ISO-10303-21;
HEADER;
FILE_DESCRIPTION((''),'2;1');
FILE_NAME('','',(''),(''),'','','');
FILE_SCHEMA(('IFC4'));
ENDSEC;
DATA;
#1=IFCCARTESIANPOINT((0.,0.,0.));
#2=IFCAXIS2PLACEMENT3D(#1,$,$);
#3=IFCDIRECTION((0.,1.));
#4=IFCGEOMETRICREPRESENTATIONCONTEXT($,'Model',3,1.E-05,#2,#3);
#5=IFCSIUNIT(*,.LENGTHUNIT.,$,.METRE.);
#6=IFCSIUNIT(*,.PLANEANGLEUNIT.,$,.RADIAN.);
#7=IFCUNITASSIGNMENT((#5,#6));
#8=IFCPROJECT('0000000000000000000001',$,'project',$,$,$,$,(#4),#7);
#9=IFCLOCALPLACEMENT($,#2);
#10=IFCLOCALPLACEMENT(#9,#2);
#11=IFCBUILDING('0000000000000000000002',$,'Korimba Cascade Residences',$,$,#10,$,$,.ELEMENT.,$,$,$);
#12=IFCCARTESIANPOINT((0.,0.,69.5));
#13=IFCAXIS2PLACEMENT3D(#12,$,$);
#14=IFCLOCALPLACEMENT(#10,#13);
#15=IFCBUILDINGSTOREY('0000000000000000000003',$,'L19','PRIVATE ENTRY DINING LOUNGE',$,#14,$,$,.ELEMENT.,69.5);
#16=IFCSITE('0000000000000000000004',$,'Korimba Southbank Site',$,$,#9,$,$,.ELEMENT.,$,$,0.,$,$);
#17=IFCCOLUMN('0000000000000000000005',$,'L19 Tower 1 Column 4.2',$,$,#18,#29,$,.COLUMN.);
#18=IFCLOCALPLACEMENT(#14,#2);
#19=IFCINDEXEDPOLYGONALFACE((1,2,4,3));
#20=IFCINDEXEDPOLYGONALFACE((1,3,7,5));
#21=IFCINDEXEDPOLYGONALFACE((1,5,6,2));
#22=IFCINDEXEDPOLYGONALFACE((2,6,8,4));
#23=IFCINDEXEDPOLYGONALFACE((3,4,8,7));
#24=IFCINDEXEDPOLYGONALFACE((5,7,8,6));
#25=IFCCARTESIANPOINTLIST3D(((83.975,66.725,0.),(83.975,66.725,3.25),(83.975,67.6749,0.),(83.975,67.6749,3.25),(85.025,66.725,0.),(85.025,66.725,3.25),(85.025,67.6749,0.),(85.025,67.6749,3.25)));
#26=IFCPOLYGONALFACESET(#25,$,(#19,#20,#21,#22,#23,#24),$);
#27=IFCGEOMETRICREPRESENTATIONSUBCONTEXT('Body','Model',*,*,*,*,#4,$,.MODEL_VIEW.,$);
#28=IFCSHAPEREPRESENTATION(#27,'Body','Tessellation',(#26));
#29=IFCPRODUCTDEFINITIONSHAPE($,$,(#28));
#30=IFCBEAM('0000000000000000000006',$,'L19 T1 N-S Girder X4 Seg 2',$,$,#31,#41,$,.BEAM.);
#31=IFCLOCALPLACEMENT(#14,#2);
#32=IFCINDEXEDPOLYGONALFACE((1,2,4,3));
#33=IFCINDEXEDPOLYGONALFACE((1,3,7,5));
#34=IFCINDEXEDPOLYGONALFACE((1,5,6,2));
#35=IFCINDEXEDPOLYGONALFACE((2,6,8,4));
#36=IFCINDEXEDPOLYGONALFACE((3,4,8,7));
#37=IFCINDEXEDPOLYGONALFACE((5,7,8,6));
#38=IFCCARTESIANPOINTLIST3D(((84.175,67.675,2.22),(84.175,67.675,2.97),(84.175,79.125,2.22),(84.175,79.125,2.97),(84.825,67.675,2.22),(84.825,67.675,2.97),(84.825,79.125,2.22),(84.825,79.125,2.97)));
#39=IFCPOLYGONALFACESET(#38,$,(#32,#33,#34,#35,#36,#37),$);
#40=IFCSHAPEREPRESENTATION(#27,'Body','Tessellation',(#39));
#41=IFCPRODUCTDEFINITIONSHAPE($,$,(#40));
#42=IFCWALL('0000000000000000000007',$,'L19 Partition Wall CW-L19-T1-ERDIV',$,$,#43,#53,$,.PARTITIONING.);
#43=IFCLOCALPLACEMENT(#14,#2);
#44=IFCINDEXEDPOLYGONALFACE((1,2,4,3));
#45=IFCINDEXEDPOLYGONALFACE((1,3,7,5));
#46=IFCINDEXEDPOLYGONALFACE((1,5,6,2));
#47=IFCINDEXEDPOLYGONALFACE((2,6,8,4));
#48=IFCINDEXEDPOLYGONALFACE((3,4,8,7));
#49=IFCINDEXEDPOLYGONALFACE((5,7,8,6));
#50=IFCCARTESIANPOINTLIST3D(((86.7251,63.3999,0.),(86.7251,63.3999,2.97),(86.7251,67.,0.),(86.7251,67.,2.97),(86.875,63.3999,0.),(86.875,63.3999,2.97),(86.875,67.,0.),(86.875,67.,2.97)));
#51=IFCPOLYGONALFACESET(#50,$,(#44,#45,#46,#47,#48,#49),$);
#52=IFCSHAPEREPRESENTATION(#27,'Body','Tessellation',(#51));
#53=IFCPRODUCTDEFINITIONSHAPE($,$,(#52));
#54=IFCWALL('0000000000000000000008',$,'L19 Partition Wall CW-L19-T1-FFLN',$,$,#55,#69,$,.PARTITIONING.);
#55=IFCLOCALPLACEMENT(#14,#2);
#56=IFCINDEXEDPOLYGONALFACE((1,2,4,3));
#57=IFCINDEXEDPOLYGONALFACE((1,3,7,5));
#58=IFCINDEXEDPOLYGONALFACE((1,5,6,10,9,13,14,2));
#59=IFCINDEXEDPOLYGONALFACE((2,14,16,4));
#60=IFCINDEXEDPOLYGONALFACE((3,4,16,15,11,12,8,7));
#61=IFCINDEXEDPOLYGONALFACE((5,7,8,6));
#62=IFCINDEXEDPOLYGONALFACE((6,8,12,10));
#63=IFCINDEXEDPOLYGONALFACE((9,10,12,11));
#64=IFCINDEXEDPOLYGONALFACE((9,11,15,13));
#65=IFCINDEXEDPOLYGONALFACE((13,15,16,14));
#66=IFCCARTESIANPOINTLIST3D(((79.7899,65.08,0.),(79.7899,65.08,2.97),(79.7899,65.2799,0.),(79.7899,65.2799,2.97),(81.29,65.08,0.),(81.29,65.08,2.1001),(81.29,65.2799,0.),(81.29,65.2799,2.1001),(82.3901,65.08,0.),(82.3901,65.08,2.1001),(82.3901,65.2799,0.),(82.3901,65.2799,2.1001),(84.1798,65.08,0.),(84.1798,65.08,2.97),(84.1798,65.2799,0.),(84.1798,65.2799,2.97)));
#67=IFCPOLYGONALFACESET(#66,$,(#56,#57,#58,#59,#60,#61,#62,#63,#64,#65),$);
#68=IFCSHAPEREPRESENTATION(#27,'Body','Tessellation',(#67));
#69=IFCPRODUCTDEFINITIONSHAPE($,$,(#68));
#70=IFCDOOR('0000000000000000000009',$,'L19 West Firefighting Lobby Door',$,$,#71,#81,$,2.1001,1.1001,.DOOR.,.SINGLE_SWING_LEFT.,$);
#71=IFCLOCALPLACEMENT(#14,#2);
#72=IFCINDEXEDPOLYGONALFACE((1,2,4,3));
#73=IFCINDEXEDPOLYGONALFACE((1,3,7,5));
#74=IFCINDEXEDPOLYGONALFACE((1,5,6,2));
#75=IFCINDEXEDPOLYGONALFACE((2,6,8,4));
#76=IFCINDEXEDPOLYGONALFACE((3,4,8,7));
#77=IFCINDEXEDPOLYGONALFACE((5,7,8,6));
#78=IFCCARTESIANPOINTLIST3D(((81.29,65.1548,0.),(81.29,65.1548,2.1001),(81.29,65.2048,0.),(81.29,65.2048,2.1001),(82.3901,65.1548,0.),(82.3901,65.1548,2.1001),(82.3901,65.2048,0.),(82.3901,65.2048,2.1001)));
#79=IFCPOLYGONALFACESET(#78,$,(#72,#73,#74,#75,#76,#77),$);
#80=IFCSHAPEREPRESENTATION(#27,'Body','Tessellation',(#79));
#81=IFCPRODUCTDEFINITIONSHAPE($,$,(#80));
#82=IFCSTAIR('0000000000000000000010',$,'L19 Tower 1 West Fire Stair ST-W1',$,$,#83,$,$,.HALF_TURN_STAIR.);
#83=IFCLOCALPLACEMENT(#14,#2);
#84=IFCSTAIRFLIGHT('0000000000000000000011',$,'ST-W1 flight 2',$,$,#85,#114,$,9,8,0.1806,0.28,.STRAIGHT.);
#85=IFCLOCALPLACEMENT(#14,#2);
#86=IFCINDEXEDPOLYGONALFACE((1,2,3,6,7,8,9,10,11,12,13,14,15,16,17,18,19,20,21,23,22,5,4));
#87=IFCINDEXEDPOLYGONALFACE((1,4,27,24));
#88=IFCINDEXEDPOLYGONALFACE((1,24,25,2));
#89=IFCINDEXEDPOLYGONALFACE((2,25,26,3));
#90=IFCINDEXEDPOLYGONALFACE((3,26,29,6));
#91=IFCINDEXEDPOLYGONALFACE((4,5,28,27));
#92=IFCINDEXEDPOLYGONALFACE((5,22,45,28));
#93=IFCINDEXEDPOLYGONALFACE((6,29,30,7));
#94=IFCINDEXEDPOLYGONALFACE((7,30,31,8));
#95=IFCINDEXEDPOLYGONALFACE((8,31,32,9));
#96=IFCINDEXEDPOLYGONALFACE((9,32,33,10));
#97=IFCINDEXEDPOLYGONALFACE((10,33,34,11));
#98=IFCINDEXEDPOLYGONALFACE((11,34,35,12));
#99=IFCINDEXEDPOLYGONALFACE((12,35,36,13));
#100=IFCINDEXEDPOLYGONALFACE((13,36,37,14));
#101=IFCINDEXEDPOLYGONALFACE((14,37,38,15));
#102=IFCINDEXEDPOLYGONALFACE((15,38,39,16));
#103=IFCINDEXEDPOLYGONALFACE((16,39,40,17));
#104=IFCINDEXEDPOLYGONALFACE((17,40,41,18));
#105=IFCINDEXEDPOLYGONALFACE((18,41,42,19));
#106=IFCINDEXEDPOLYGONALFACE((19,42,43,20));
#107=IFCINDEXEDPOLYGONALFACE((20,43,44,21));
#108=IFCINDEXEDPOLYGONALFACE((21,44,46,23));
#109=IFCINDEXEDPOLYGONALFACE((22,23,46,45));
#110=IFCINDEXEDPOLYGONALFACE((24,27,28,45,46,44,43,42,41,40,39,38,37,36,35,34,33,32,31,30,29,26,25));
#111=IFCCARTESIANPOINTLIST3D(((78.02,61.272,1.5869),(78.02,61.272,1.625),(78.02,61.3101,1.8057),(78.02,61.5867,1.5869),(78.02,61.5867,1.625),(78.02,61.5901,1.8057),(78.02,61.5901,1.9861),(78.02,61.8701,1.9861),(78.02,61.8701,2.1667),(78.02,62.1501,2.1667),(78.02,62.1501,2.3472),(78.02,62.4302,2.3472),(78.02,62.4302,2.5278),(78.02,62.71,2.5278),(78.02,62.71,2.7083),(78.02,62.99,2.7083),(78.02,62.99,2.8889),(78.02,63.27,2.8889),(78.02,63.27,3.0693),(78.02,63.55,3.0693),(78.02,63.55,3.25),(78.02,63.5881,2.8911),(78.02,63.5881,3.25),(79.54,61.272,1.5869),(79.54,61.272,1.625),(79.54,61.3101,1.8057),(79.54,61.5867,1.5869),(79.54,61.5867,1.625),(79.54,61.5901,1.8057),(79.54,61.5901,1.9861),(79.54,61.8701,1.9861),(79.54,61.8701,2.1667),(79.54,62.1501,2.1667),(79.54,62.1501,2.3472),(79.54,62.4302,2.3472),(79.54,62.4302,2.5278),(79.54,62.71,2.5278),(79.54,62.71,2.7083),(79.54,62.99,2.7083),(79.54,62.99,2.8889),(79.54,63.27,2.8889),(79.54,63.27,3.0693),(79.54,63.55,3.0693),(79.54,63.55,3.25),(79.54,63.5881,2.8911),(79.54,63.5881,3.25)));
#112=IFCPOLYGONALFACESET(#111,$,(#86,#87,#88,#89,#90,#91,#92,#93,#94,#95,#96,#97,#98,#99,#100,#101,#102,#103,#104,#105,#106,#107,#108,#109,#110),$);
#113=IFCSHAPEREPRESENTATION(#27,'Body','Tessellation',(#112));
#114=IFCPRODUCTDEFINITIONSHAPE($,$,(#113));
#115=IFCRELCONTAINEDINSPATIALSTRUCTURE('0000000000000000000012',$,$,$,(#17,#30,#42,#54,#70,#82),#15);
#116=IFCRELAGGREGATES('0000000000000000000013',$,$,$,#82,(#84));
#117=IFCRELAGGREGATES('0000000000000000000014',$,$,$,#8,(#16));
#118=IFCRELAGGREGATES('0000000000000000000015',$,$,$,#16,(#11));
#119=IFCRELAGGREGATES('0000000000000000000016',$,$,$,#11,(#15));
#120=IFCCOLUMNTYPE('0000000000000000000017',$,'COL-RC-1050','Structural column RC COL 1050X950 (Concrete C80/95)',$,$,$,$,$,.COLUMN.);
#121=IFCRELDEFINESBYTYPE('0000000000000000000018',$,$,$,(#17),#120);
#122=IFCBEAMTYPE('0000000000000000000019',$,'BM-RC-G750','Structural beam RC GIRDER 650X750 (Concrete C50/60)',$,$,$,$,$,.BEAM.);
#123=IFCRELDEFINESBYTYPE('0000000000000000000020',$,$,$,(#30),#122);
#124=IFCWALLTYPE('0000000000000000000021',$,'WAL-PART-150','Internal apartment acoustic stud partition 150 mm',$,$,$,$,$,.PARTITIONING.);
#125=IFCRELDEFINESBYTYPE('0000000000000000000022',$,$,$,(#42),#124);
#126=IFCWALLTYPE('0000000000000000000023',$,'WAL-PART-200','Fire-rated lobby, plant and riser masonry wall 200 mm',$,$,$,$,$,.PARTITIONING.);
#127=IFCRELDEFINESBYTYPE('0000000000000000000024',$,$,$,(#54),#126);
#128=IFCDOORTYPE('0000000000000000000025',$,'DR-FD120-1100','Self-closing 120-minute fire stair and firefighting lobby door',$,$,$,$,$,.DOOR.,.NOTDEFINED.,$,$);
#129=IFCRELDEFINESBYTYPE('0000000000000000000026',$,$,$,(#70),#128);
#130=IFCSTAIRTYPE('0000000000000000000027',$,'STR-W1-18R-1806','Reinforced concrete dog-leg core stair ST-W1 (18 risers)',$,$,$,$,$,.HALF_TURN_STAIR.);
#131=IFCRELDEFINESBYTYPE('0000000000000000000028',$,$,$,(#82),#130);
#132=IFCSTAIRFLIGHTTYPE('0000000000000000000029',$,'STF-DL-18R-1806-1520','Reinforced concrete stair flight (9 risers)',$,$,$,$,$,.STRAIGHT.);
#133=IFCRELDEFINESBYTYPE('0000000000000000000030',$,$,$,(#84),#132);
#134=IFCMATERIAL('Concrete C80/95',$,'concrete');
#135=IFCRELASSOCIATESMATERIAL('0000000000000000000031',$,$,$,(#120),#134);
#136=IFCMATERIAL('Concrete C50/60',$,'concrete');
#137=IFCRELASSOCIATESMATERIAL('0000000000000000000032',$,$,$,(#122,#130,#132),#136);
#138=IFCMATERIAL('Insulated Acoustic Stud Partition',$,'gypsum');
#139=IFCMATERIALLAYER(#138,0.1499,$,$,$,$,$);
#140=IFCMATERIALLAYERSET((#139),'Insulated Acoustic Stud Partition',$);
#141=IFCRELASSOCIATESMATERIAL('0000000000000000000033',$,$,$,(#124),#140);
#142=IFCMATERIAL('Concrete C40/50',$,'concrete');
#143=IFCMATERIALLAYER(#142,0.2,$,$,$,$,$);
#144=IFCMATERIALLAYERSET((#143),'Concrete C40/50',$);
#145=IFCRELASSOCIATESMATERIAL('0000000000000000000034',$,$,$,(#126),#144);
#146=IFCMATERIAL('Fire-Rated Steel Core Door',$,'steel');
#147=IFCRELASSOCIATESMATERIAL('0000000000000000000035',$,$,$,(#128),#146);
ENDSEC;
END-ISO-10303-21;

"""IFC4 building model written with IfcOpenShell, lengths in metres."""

from ifc_helpers import new_model, si_unit, direction, frame, frame_2d, origin, origin_2d, place, context, subcontext, project, spatial, polyline, rectangle, outline, extrude, material, layer, layer_set, material_profile, profile_set, type_object, element, fill, aggregate, save


model = new_model("IFC4")

# Units and contexts
model_context = context("Model", 3, precision=1e-05, world=origin(), true_north=direction((0.0, 1.0)))
body_context = subcontext(model_context, "Body", "Model", "MODEL_VIEW")
ifc_project = project(units=[si_unit("LENGTHUNIT", "METRE"), si_unit("PLANEANGLEUNIT", "RADIAN")], contexts=[model_context])

# Site, building, storey
site_placement = place(None, origin())
site = spatial("IfcSite", under=ifc_project, at=site_placement, Name="Korimba Southbank Site", CompositionType="ELEMENT", RefElevation=0.0)
building_placement = place(site_placement, origin())
building = spatial("IfcBuilding", under=site, at=building_placement, Name="Korimba Cascade Residences", CompositionType="ELEMENT")
storey_placement = place(building_placement, frame((0.0, 0.0, 69.5)))
storey = spatial("IfcBuildingStorey", under=building, at=storey_placement, Name="L19", Description="PRIVATE ENTRY DINING LOUNGE", CompositionType="ELEMENT", Elevation=69.5)

# Column
ifc_material_1 = material(Name="Concrete C80/95", Category="concrete")
ifc_material_profile_1 = material_profile(ifc_material_1, rectangle(XDim=1.05, YDim=0.95, at=origin_2d()), Name="Concrete C80/95")
ifc_profile_set_1 = profile_set([ifc_material_profile_1], Name="Concrete C80/95")
column_type = type_object("IfcColumnType", Name="COL-RC-1050", Description="Structural column RC COL 1050X950 (Concrete C80/95)", PredefinedType="COLUMN", material=ifc_profile_set_1)
column_placement = place(storey_placement, frame((84.5, 67.2, 0.0), z_axis=(0.0, 0.0, 1.0), x_axis=(1.0, 0.0, 0.0)))
element("IfcColumn", 1, at=column_placement, inside=storey, type_object=column_type, Name="L19 Tower 1 Column 4.2", PredefinedType="COLUMN", context=body_context, shape_type="SweptSolid", body=[
    extrude(rectangle(XDim=1.05, YDim=0.95, at=origin_2d()), origin(), (0.0, 0.0, 1.0), 3.25),
])

# Beam
ifc_material_2 = material(Name="Concrete C50/60", Category="concrete")
ifc_material_profile_2 = material_profile(ifc_material_2, rectangle(XDim=0.6499, YDim=0.75, at=origin_2d()), Name="Concrete C50/60")
ifc_profile_set_2 = profile_set([ifc_material_profile_2], Name="Concrete C50/60")
beam_type = type_object("IfcBeamType", Name="BM-RC-G750", Description="Structural beam RC GIRDER 650X750 (Concrete C50/60)", PredefinedType="BEAM", material=ifc_profile_set_2)
beam_placement = place(storey_placement, frame((84.5, 67.675, 2.595), z_axis=(0.0, 1.0, 0.0), x_axis=(-1.0, 0.0, 0.0)))
element("IfcBeam", 2, at=beam_placement, inside=storey, type_object=beam_type, Name="L19 T1 N-S Girder X4 Seg 2", PredefinedType="BEAM", context=body_context, shape_type="SweptSolid", body=[
    extrude(rectangle(XDim=0.6499, YDim=0.75, at=origin_2d()), origin(), (0.0, 0.0, 1.0), 11.45),
])

# Wall
ifc_material_3 = material(Name="Insulated Acoustic Stud Partition", Category="gypsum")
ifc_layer_1 = layer(ifc_material_3, 0.1499)
ifc_layer_set_1 = layer_set([ifc_layer_1], Name="Insulated Acoustic Stud Partition")
wall_type_1 = type_object("IfcWallType", Name="WAL-PART-150", Description="Internal apartment acoustic stud partition 150 mm", PredefinedType="PARTITIONING", material=ifc_layer_set_1)
wall_1_placement = place(storey_placement, frame((86.8, 63.3999, 0.0), z_axis=(0.0, 0.0, 1.0), x_axis=(0.0, 1.0, 0.0)))
element("IfcWall", 3, at=wall_1_placement, inside=storey, type_object=wall_type_1, Name="L19 Partition Wall CW-L19-T1-ERDIV", PredefinedType="PARTITIONING", context=body_context, shape_type="SweptSolid", body=[
    extrude(rectangle(XDim=3.6001, YDim=0.1499, at=frame_2d((1.8, 0.0))), origin(), (0.0, 0.0, 1.0), 2.97),
])

# Wall, opening, door
ifc_material_4 = material(Name="Concrete C40/50", Category="concrete")
ifc_layer_2 = layer(ifc_material_4, 0.2)
ifc_layer_set_2 = layer_set([ifc_layer_2], Name="Concrete C40/50")
wall_type_2 = type_object("IfcWallType", Name="WAL-PART-200", Description="Fire-rated lobby, plant and riser masonry wall 200 mm", PredefinedType="PARTITIONING", material=ifc_layer_set_2)
wall_2_placement = place(storey_placement, frame((79.79, 65.1799, 0.0), z_axis=(0.0, 0.0, 1.0), x_axis=(1.0, 0.0, 0.0)))
wall_2 = element("IfcWall", 4, at=wall_2_placement, inside=storey, type_object=wall_type_2, Name="L19 Partition Wall CW-L19-T1-FFLN", PredefinedType="PARTITIONING", context=body_context, shape_type="SweptSolid", body=[
    extrude(rectangle(XDim=4.3899, YDim=0.2, at=frame_2d((2.1948, 0.0))), origin(), (0.0, 0.0, 1.0), 2.97),
])
opening_1_placement = place(wall_2_placement, frame((1.5, 0.0, 0.0)))
opening_1 = element("IfcOpeningElement", 5, at=opening_1_placement, cuts=wall_2, PredefinedType="OPENING", context=body_context, shape_type="SweptSolid", body=[
    extrude(rectangle(XDim=1.1001, YDim=2.1001, at=frame_2d((0.55, 1.05))), frame((0.0, 0.1099, 0.0), z_axis=(0.0, -1.0, 0.0), x_axis=(1.0, 0.0, 0.0)), (0.0, 0.0, 1.0), 0.22),
])
ifc_material_5 = material(Name="Fire-Rated Steel Core Door", Category="steel")
door_type_1 = type_object("IfcDoorType", Name="DR-FD120-1100", Description="Self-closing 120-minute fire stair and firefighting lobby door", OperationType="NOTDEFINED", PredefinedType="DOOR", material=ifc_material_5)
door_1_placement = place(opening_1_placement, origin())
door_1 = element("IfcDoor", 6, at=door_1_placement, inside=storey, type_object=door_type_1, Name="L19 West Firefighting Lobby Door", OperationType="SINGLE_SWING_LEFT", OverallHeight=2.1001, OverallWidth=1.1001, PredefinedType="DOOR", context=body_context, shape_type="SweptSolid", body=[
    extrude(rectangle(XDim=1.1001, YDim=2.1001, at=frame_2d((0.55, 1.05))), frame((0.0, 0.0249, 0.0), z_axis=(0.0, -1.0, 0.0), x_axis=(1.0, 0.0, 0.0)), (0.0, 0.0, 1.0), 0.05),
])
fill(opening_1, door_1)

# Stair, stair flight
stair_type = type_object("IfcStairType", Name="STR-W1-18R-1806", Description="Reinforced concrete dog-leg core stair ST-W1 (18 risers)", PredefinedType="HALF_TURN_STAIR", material=ifc_material_2)
stair_placement = place(storey_placement, origin())
stair = element("IfcStair", 7, at=stair_placement, inside=storey, type_object=stair_type, Name="L19 Tower 1 West Fire Stair ST-W1", PredefinedType="HALF_TURN_STAIR")
stair_flight_type = type_object("IfcStairFlightType", Name="STF-DL-18R-1806-1520", Description="Reinforced concrete stair flight (9 risers)", PredefinedType="STRAIGHT", material=ifc_material_2)
stair_flight_placement = place(storey_placement, frame((78.78, 61.3101, 1.625), z_axis=(0.0, 0.0, 1.0), x_axis=(0.0, 1.0, 0.0)))
stair_flight = element("IfcStairFlight", 8, at=stair_flight_placement, type_object=stair_flight_type, Name="ST-W1 flight 2", NumberOfRisers=9, NumberOfTreads=8, PredefinedType="STRAIGHT", RiserHeight=0.1806, TreadLength=0.28, context=body_context, shape_type="SweptSolid", body=[
    extrude(outline(polyline([(-0.0381, 0.0), (0.0, 0.1807), (0.28, 0.1807), (0.28, 0.3611), (0.5601, 0.3611), (0.5601, 0.5417), (0.8401, 0.5417), (0.8401, 0.7222), (1.1201, 0.7222), (1.1201, 0.9028), (1.3999, 0.9028), (1.3999, 1.0833), (1.6799, 1.0833), (1.6799, 1.2639), (1.96, 1.2639), (1.96, 1.4443), (2.24, 1.4443), (2.24, 1.625), (2.2781, 1.625), (2.2781, 1.2661), (0.2766, 0.0), (0.2766, -0.0381), (-0.0381, -0.0381), (-0.0381, 0.0)])), frame((0.0, 0.76, 0.0), z_axis=(0.0, -1.0, 0.0), x_axis=(1.0, 0.0, 0.0)), (0.0, 0.0, 1.0), 1.52),
])
aggregate(stair, [stair_flight])

save(model, "model.ifc")
